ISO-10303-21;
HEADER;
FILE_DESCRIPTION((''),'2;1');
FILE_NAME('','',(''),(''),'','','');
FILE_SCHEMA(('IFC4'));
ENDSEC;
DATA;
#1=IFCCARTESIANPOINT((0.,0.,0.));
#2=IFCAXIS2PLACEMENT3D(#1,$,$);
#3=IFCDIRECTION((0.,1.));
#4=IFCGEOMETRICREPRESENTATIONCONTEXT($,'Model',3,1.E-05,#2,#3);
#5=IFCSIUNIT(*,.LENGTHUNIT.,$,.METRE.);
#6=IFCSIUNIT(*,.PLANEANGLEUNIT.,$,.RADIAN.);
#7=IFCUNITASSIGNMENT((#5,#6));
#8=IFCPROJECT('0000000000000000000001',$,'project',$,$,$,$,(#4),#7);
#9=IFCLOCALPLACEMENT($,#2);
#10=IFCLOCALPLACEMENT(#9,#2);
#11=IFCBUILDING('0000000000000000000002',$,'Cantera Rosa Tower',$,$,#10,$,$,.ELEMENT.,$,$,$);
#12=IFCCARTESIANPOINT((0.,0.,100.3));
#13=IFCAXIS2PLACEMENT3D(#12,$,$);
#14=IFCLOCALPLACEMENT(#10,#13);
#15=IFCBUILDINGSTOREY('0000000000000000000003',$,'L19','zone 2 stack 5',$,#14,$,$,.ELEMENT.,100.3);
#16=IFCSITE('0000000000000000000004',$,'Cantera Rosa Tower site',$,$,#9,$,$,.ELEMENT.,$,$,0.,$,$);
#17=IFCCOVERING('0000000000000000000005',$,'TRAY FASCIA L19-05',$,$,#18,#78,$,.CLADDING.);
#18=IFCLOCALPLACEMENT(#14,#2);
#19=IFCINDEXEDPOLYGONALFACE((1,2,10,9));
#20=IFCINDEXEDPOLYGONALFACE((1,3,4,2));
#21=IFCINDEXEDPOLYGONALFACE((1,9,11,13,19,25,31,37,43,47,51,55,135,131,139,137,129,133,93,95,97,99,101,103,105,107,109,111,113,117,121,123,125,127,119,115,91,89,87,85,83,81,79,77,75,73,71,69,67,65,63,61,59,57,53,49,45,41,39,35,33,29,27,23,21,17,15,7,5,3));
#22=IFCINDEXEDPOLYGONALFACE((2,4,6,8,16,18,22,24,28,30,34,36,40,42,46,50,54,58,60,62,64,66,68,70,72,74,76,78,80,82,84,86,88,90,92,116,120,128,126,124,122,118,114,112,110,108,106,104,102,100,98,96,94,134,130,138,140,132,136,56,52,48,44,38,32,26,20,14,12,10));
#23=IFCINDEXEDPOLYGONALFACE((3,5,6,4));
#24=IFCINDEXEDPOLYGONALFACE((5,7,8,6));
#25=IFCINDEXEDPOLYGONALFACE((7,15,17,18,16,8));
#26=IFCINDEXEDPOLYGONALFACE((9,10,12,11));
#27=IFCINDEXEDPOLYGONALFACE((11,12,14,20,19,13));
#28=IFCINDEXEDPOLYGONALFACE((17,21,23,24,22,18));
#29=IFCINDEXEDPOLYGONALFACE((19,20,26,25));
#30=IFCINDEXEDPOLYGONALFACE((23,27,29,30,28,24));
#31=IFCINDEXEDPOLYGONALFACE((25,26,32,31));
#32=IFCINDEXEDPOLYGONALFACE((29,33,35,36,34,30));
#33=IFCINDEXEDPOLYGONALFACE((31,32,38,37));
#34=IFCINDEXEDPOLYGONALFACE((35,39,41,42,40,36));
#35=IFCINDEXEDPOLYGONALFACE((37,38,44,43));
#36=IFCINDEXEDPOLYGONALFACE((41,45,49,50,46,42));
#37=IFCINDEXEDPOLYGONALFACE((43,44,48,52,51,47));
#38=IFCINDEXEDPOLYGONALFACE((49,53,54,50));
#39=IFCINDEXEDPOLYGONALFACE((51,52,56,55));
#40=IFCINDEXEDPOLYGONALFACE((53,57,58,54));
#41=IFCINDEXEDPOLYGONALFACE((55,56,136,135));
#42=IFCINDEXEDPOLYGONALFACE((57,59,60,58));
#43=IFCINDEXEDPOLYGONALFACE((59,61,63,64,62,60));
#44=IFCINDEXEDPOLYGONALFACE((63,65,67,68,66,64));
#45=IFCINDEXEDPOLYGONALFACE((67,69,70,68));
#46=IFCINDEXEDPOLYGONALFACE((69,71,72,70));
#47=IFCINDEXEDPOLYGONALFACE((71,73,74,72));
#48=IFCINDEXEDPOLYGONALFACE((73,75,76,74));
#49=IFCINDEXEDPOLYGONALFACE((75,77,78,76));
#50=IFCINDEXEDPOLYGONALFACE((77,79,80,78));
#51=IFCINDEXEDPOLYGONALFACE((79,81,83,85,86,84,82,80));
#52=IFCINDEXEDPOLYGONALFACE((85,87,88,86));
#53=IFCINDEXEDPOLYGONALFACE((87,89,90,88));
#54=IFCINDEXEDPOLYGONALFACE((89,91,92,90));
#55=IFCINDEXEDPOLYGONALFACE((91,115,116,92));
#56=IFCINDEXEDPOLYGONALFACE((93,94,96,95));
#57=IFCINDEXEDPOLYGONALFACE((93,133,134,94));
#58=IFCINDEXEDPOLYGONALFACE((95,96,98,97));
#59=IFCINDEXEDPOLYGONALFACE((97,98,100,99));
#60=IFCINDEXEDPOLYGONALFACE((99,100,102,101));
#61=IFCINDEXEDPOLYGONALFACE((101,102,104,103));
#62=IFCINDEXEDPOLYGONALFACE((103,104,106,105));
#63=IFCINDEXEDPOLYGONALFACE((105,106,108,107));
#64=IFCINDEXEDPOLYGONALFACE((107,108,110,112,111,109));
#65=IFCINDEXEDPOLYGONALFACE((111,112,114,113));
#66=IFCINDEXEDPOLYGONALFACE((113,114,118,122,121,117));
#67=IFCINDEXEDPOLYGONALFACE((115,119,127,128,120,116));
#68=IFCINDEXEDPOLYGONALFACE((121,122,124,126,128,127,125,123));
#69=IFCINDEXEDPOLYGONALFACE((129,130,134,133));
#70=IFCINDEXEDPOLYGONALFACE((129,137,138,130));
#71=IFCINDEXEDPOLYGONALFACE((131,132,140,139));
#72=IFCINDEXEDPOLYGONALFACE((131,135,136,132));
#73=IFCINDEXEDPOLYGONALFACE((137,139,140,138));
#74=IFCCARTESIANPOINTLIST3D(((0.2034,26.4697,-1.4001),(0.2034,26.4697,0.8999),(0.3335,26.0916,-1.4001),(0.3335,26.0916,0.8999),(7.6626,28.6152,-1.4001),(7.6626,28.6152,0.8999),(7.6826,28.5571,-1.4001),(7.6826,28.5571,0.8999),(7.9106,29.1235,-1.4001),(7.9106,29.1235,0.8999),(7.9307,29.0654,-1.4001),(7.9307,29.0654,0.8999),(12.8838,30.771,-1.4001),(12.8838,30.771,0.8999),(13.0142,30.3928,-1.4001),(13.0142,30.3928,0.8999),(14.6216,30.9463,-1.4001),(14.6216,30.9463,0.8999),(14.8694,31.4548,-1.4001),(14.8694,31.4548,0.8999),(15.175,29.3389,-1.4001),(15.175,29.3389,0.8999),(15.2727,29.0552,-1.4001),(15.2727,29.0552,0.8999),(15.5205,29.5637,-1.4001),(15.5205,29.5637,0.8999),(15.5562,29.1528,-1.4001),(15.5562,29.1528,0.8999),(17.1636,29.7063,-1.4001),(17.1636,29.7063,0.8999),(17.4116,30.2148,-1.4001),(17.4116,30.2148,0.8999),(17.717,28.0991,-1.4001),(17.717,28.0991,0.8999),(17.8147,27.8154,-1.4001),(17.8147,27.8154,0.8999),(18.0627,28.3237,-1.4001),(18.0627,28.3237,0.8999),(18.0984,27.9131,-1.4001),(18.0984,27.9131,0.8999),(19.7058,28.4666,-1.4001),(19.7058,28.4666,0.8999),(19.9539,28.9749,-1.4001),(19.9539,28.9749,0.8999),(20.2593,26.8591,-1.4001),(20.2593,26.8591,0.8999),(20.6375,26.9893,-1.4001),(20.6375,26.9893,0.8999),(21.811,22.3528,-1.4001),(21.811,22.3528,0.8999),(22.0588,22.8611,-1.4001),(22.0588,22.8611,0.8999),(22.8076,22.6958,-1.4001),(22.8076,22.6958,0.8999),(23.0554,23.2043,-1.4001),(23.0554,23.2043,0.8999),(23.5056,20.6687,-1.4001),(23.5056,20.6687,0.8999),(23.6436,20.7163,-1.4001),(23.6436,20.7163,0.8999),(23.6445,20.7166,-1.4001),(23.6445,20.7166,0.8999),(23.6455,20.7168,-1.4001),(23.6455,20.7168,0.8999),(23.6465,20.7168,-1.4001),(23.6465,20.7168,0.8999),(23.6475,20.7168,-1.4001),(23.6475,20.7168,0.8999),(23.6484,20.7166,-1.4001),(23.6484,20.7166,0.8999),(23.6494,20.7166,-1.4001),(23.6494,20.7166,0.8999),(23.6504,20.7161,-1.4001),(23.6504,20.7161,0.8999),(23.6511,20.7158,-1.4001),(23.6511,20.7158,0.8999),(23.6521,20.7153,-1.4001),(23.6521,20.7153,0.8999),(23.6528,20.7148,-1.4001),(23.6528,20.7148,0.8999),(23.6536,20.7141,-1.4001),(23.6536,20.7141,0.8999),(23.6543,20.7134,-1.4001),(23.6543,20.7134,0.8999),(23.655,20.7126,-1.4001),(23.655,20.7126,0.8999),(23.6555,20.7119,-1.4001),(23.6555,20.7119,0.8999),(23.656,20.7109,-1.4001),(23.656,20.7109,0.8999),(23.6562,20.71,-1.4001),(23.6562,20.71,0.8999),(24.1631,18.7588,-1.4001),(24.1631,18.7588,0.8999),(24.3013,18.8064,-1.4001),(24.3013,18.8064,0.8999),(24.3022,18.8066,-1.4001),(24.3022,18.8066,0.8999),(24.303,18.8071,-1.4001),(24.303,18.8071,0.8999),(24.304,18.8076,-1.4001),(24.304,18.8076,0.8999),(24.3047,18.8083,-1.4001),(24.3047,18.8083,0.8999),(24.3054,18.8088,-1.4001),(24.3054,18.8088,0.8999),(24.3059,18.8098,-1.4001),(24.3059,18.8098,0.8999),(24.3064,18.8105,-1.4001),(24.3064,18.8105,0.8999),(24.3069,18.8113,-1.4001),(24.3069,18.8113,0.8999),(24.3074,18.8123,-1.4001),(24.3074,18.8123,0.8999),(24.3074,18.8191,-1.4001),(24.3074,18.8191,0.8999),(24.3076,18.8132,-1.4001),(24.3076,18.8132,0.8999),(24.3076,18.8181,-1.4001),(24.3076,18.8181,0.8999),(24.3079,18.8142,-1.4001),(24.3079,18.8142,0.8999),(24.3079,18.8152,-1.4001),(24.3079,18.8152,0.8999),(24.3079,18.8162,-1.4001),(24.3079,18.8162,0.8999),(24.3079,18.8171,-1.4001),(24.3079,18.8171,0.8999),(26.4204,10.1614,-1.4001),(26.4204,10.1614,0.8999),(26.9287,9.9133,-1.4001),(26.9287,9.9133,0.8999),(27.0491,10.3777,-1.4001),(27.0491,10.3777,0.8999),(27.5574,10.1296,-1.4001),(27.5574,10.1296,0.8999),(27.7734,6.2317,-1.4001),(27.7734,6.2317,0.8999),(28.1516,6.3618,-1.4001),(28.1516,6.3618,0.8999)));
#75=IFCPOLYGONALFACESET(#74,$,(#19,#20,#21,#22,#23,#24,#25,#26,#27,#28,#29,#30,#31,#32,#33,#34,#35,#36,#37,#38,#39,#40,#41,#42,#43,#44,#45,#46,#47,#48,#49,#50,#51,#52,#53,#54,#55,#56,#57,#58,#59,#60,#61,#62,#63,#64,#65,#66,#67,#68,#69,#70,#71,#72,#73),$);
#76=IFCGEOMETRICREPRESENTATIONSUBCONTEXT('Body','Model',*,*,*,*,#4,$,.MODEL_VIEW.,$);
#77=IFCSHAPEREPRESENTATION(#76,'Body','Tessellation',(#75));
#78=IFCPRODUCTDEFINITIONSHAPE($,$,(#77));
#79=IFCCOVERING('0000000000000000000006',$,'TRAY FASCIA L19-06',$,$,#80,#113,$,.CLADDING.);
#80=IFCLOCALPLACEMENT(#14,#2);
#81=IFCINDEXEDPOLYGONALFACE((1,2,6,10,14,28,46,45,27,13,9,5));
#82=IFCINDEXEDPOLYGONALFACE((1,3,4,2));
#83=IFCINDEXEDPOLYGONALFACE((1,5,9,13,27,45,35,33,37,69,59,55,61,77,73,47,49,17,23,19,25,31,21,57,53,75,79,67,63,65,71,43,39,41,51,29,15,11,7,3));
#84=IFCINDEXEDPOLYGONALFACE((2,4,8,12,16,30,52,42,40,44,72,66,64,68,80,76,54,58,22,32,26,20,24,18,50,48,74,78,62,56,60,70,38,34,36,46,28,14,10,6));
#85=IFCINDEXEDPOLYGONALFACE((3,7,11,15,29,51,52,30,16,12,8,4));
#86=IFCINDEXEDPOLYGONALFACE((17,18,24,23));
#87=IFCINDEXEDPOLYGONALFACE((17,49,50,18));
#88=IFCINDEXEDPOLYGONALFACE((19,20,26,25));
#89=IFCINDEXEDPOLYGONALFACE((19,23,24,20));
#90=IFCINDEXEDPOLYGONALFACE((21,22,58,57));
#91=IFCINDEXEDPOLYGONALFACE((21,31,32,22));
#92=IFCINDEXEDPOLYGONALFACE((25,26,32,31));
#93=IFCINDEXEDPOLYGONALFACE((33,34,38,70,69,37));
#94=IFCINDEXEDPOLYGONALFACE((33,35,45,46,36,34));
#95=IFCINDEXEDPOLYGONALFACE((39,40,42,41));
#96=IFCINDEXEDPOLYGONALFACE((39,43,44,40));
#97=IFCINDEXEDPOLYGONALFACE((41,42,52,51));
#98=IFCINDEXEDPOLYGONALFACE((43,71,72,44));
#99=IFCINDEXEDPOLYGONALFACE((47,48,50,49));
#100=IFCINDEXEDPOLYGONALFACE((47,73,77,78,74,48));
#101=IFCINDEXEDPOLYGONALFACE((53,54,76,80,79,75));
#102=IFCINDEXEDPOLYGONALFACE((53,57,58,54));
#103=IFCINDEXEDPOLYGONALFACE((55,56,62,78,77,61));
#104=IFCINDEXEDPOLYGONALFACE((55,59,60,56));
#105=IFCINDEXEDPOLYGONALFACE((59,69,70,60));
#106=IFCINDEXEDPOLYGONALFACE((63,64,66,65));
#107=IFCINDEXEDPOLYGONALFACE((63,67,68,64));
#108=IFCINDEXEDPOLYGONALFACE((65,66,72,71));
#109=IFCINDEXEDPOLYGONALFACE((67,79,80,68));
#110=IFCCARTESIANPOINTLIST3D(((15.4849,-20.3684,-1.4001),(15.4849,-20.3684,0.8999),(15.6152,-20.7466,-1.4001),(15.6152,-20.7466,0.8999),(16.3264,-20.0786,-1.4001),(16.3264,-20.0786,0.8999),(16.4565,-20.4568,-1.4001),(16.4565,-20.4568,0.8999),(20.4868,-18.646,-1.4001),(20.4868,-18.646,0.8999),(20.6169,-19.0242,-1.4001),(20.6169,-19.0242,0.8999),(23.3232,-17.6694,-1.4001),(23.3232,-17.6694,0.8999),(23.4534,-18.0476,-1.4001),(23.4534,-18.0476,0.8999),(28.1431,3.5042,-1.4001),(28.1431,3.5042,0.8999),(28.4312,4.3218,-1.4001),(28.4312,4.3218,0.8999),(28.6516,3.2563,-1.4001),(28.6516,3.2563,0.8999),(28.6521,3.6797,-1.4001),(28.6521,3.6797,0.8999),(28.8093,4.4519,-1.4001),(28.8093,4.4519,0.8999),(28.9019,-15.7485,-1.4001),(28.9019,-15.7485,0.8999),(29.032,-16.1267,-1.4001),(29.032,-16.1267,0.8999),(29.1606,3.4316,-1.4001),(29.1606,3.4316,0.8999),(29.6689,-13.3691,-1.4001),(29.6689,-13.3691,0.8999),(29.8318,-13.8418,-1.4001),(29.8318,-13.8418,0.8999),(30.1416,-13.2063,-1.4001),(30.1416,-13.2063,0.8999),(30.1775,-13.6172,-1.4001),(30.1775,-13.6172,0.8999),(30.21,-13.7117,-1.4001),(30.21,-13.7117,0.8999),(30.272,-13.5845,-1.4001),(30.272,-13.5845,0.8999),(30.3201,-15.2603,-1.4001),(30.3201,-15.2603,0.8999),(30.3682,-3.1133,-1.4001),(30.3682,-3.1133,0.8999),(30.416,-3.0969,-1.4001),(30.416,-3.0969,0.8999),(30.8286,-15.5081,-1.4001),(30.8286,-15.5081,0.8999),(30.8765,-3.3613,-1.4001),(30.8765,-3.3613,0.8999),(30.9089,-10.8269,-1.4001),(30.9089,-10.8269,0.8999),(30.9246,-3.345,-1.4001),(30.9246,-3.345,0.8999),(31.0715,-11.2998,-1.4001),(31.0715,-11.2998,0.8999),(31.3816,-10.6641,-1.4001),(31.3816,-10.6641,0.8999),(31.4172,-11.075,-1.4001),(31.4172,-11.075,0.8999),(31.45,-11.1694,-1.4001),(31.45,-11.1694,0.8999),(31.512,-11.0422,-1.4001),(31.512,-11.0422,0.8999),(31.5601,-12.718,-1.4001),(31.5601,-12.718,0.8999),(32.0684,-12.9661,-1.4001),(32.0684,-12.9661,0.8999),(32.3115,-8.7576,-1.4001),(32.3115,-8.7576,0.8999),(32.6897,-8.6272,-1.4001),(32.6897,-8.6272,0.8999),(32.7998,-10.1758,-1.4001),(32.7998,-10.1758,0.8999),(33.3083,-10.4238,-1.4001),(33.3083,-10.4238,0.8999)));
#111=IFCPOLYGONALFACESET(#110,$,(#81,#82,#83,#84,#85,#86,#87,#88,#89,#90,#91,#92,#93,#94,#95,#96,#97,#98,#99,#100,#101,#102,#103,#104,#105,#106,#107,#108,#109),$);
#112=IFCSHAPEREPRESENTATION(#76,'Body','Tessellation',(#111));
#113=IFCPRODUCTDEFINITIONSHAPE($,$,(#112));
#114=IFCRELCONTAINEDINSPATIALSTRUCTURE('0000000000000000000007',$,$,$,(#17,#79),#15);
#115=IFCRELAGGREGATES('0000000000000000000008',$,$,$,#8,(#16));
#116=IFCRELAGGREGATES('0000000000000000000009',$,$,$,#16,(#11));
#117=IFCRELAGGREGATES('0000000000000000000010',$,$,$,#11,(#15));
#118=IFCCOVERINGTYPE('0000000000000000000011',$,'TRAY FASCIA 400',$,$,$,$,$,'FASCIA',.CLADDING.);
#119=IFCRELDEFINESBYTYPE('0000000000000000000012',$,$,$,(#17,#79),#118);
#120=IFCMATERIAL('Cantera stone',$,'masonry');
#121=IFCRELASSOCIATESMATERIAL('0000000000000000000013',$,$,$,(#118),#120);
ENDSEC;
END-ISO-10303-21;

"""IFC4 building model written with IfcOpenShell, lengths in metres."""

from ifc_helpers import new_model, si_unit, direction, frame, origin, place, context, subcontext, project, spatial, polyline, outline, extrude, material, type_object, element, save


model = new_model("IFC4")

# Units and contexts
model_context = context("Model", 3, precision=1e-05, world=origin(), true_north=direction((0.0, 1.0)))
body_context = subcontext(model_context, "Body", "Model", "MODEL_VIEW")
ifc_project = project(units=[si_unit("LENGTHUNIT", "METRE"), si_unit("PLANEANGLEUNIT", "RADIAN")], contexts=[model_context])

# Site, building, storey
site_placement = place(None, origin())
site = spatial("IfcSite", under=ifc_project, at=site_placement, Name="Cantera Rosa Tower site", CompositionType="ELEMENT", RefElevation=0.0)
building_placement = place(site_placement, origin())
building = spatial("IfcBuilding", under=site, at=building_placement, Name="Cantera Rosa Tower", CompositionType="ELEMENT")
storey_placement = place(building_placement, frame((0.0, 0.0, 100.3)))
storey = spatial("IfcBuildingStorey", under=building, at=storey_placement, Name="L19", Description="zone 2 stack 5", CompositionType="ELEMENT", Elevation=100.3)

# Coverings
ifc_material_1 = material(Name="Cantera stone", Category="masonry")
covering_type = type_object("IfcCoveringType", Name="TRAY FASCIA 400", ElementType="FASCIA", PredefinedType="CLADDING", material=ifc_material_1)
covering_1_placement = place(storey_placement, frame((0.0, 0.0, -1.4001)))
element("IfcCovering", 1, at=covering_1_placement, inside=storey, type_object=covering_type, Name="TRAY FASCIA L19-05", PredefinedType="CLADDING", context=body_context, shape_type="SweptSolid", body=[
    extrude(outline(polyline([(7.9106, 29.1235), (7.9307, 29.0654), (12.8838, 30.771), (14.8694, 31.4548), (15.5205, 29.5637), (17.4116, 30.2148), (18.0627, 28.3237), (19.9539, 28.9749), (20.6375, 26.9893), (22.0588, 22.8611), (23.0554, 23.2043), (27.5574, 10.1296), (26.9287, 9.9133), (28.1516, 6.3618), (27.7734, 6.2317), (26.4204, 10.1614), (27.0491, 10.3777), (24.1631, 18.7588), (24.3013, 18.8064), (24.3022, 18.8066), (24.303, 18.8071), (24.304, 18.8076), (24.3047, 18.8083), (24.3054, 18.8088), (24.3059, 18.8098), (24.3064, 18.8105), (24.3069, 18.8113), (24.3074, 18.8123), (24.3076, 18.8132), (24.3079, 18.8142), (24.3079, 18.8152), (24.3079, 18.8162), (24.3079, 18.8171), (24.3076, 18.8181), (24.3074, 18.8191), (23.6562, 20.71), (23.656, 20.7109), (23.6555, 20.7119), (23.655, 20.7126), (23.6543, 20.7134), (23.6536, 20.7141), (23.6528, 20.7148), (23.6521, 20.7153), (23.6511, 20.7158), (23.6504, 20.7161), (23.6494, 20.7166), (23.6484, 20.7166), (23.6475, 20.7168), (23.6465, 20.7168), (23.6455, 20.7168), (23.6445, 20.7166), (23.6436, 20.7163), (23.5056, 20.6687), (22.8076, 22.6958), (21.811, 22.3528), (20.2593, 26.8591), (19.7058, 28.4666), (18.0984, 27.9131), (17.8147, 27.8154), (17.717, 28.0991), (17.1636, 29.7063), (15.5562, 29.1528), (15.2727, 29.0552), (15.175, 29.3389), (14.6216, 30.9463), (13.0142, 30.3928), (7.6826, 28.5571), (7.6626, 28.6152), (0.3335, 26.0916), (0.2034, 26.4697), (7.9106, 29.1235)])), origin(), (0.0, 0.0, 1.0), 2.3),
])
covering_2_placement = place(storey_placement, frame((0.0, 0.0, -1.4001)))
element("IfcCovering", 2, at=covering_2_placement, inside=storey, type_object=covering_type, Name="TRAY FASCIA L19-06", PredefinedType="CLADDING", context=body_context, shape_type="SweptSolid", body=[
    extrude(outline(polyline([(29.1606, 3.4316), (28.6516, 3.2563), (30.9246, -3.345), (30.8765, -3.3613), (32.6897, -8.6272), (33.3083, -10.4238), (31.512, -11.0422), (31.4172, -11.075), (31.45, -11.1694), (32.0684, -12.9661), (30.272, -13.5845), (30.1775, -13.6172), (30.21, -13.7117), (30.8286, -15.5081), (29.032, -16.1267), (23.4534, -18.0476), (20.6169, -19.0242), (16.4565, -20.4568), (15.6152, -20.7466), (15.4849, -20.3684), (16.3264, -20.0786), (20.4868, -18.646), (23.3232, -17.6694), (28.9019, -15.7485), (30.3201, -15.2603), (29.8318, -13.8418), (29.6689, -13.3691), (30.1416, -13.2063), (31.5601, -12.718), (31.0715, -11.2998), (30.9089, -10.8269), (31.3816, -10.6641), (32.7998, -10.1758), (32.3115, -8.7576), (30.3682, -3.1133), (30.416, -3.0969), (28.1431, 3.5042), (28.6521, 3.6797), (28.4312, 4.3218), (28.8093, 4.4519), (29.1606, 3.4316)])), origin(), (0.0, 0.0, 1.0), 2.3),
])

save(model, "model.ifc")
